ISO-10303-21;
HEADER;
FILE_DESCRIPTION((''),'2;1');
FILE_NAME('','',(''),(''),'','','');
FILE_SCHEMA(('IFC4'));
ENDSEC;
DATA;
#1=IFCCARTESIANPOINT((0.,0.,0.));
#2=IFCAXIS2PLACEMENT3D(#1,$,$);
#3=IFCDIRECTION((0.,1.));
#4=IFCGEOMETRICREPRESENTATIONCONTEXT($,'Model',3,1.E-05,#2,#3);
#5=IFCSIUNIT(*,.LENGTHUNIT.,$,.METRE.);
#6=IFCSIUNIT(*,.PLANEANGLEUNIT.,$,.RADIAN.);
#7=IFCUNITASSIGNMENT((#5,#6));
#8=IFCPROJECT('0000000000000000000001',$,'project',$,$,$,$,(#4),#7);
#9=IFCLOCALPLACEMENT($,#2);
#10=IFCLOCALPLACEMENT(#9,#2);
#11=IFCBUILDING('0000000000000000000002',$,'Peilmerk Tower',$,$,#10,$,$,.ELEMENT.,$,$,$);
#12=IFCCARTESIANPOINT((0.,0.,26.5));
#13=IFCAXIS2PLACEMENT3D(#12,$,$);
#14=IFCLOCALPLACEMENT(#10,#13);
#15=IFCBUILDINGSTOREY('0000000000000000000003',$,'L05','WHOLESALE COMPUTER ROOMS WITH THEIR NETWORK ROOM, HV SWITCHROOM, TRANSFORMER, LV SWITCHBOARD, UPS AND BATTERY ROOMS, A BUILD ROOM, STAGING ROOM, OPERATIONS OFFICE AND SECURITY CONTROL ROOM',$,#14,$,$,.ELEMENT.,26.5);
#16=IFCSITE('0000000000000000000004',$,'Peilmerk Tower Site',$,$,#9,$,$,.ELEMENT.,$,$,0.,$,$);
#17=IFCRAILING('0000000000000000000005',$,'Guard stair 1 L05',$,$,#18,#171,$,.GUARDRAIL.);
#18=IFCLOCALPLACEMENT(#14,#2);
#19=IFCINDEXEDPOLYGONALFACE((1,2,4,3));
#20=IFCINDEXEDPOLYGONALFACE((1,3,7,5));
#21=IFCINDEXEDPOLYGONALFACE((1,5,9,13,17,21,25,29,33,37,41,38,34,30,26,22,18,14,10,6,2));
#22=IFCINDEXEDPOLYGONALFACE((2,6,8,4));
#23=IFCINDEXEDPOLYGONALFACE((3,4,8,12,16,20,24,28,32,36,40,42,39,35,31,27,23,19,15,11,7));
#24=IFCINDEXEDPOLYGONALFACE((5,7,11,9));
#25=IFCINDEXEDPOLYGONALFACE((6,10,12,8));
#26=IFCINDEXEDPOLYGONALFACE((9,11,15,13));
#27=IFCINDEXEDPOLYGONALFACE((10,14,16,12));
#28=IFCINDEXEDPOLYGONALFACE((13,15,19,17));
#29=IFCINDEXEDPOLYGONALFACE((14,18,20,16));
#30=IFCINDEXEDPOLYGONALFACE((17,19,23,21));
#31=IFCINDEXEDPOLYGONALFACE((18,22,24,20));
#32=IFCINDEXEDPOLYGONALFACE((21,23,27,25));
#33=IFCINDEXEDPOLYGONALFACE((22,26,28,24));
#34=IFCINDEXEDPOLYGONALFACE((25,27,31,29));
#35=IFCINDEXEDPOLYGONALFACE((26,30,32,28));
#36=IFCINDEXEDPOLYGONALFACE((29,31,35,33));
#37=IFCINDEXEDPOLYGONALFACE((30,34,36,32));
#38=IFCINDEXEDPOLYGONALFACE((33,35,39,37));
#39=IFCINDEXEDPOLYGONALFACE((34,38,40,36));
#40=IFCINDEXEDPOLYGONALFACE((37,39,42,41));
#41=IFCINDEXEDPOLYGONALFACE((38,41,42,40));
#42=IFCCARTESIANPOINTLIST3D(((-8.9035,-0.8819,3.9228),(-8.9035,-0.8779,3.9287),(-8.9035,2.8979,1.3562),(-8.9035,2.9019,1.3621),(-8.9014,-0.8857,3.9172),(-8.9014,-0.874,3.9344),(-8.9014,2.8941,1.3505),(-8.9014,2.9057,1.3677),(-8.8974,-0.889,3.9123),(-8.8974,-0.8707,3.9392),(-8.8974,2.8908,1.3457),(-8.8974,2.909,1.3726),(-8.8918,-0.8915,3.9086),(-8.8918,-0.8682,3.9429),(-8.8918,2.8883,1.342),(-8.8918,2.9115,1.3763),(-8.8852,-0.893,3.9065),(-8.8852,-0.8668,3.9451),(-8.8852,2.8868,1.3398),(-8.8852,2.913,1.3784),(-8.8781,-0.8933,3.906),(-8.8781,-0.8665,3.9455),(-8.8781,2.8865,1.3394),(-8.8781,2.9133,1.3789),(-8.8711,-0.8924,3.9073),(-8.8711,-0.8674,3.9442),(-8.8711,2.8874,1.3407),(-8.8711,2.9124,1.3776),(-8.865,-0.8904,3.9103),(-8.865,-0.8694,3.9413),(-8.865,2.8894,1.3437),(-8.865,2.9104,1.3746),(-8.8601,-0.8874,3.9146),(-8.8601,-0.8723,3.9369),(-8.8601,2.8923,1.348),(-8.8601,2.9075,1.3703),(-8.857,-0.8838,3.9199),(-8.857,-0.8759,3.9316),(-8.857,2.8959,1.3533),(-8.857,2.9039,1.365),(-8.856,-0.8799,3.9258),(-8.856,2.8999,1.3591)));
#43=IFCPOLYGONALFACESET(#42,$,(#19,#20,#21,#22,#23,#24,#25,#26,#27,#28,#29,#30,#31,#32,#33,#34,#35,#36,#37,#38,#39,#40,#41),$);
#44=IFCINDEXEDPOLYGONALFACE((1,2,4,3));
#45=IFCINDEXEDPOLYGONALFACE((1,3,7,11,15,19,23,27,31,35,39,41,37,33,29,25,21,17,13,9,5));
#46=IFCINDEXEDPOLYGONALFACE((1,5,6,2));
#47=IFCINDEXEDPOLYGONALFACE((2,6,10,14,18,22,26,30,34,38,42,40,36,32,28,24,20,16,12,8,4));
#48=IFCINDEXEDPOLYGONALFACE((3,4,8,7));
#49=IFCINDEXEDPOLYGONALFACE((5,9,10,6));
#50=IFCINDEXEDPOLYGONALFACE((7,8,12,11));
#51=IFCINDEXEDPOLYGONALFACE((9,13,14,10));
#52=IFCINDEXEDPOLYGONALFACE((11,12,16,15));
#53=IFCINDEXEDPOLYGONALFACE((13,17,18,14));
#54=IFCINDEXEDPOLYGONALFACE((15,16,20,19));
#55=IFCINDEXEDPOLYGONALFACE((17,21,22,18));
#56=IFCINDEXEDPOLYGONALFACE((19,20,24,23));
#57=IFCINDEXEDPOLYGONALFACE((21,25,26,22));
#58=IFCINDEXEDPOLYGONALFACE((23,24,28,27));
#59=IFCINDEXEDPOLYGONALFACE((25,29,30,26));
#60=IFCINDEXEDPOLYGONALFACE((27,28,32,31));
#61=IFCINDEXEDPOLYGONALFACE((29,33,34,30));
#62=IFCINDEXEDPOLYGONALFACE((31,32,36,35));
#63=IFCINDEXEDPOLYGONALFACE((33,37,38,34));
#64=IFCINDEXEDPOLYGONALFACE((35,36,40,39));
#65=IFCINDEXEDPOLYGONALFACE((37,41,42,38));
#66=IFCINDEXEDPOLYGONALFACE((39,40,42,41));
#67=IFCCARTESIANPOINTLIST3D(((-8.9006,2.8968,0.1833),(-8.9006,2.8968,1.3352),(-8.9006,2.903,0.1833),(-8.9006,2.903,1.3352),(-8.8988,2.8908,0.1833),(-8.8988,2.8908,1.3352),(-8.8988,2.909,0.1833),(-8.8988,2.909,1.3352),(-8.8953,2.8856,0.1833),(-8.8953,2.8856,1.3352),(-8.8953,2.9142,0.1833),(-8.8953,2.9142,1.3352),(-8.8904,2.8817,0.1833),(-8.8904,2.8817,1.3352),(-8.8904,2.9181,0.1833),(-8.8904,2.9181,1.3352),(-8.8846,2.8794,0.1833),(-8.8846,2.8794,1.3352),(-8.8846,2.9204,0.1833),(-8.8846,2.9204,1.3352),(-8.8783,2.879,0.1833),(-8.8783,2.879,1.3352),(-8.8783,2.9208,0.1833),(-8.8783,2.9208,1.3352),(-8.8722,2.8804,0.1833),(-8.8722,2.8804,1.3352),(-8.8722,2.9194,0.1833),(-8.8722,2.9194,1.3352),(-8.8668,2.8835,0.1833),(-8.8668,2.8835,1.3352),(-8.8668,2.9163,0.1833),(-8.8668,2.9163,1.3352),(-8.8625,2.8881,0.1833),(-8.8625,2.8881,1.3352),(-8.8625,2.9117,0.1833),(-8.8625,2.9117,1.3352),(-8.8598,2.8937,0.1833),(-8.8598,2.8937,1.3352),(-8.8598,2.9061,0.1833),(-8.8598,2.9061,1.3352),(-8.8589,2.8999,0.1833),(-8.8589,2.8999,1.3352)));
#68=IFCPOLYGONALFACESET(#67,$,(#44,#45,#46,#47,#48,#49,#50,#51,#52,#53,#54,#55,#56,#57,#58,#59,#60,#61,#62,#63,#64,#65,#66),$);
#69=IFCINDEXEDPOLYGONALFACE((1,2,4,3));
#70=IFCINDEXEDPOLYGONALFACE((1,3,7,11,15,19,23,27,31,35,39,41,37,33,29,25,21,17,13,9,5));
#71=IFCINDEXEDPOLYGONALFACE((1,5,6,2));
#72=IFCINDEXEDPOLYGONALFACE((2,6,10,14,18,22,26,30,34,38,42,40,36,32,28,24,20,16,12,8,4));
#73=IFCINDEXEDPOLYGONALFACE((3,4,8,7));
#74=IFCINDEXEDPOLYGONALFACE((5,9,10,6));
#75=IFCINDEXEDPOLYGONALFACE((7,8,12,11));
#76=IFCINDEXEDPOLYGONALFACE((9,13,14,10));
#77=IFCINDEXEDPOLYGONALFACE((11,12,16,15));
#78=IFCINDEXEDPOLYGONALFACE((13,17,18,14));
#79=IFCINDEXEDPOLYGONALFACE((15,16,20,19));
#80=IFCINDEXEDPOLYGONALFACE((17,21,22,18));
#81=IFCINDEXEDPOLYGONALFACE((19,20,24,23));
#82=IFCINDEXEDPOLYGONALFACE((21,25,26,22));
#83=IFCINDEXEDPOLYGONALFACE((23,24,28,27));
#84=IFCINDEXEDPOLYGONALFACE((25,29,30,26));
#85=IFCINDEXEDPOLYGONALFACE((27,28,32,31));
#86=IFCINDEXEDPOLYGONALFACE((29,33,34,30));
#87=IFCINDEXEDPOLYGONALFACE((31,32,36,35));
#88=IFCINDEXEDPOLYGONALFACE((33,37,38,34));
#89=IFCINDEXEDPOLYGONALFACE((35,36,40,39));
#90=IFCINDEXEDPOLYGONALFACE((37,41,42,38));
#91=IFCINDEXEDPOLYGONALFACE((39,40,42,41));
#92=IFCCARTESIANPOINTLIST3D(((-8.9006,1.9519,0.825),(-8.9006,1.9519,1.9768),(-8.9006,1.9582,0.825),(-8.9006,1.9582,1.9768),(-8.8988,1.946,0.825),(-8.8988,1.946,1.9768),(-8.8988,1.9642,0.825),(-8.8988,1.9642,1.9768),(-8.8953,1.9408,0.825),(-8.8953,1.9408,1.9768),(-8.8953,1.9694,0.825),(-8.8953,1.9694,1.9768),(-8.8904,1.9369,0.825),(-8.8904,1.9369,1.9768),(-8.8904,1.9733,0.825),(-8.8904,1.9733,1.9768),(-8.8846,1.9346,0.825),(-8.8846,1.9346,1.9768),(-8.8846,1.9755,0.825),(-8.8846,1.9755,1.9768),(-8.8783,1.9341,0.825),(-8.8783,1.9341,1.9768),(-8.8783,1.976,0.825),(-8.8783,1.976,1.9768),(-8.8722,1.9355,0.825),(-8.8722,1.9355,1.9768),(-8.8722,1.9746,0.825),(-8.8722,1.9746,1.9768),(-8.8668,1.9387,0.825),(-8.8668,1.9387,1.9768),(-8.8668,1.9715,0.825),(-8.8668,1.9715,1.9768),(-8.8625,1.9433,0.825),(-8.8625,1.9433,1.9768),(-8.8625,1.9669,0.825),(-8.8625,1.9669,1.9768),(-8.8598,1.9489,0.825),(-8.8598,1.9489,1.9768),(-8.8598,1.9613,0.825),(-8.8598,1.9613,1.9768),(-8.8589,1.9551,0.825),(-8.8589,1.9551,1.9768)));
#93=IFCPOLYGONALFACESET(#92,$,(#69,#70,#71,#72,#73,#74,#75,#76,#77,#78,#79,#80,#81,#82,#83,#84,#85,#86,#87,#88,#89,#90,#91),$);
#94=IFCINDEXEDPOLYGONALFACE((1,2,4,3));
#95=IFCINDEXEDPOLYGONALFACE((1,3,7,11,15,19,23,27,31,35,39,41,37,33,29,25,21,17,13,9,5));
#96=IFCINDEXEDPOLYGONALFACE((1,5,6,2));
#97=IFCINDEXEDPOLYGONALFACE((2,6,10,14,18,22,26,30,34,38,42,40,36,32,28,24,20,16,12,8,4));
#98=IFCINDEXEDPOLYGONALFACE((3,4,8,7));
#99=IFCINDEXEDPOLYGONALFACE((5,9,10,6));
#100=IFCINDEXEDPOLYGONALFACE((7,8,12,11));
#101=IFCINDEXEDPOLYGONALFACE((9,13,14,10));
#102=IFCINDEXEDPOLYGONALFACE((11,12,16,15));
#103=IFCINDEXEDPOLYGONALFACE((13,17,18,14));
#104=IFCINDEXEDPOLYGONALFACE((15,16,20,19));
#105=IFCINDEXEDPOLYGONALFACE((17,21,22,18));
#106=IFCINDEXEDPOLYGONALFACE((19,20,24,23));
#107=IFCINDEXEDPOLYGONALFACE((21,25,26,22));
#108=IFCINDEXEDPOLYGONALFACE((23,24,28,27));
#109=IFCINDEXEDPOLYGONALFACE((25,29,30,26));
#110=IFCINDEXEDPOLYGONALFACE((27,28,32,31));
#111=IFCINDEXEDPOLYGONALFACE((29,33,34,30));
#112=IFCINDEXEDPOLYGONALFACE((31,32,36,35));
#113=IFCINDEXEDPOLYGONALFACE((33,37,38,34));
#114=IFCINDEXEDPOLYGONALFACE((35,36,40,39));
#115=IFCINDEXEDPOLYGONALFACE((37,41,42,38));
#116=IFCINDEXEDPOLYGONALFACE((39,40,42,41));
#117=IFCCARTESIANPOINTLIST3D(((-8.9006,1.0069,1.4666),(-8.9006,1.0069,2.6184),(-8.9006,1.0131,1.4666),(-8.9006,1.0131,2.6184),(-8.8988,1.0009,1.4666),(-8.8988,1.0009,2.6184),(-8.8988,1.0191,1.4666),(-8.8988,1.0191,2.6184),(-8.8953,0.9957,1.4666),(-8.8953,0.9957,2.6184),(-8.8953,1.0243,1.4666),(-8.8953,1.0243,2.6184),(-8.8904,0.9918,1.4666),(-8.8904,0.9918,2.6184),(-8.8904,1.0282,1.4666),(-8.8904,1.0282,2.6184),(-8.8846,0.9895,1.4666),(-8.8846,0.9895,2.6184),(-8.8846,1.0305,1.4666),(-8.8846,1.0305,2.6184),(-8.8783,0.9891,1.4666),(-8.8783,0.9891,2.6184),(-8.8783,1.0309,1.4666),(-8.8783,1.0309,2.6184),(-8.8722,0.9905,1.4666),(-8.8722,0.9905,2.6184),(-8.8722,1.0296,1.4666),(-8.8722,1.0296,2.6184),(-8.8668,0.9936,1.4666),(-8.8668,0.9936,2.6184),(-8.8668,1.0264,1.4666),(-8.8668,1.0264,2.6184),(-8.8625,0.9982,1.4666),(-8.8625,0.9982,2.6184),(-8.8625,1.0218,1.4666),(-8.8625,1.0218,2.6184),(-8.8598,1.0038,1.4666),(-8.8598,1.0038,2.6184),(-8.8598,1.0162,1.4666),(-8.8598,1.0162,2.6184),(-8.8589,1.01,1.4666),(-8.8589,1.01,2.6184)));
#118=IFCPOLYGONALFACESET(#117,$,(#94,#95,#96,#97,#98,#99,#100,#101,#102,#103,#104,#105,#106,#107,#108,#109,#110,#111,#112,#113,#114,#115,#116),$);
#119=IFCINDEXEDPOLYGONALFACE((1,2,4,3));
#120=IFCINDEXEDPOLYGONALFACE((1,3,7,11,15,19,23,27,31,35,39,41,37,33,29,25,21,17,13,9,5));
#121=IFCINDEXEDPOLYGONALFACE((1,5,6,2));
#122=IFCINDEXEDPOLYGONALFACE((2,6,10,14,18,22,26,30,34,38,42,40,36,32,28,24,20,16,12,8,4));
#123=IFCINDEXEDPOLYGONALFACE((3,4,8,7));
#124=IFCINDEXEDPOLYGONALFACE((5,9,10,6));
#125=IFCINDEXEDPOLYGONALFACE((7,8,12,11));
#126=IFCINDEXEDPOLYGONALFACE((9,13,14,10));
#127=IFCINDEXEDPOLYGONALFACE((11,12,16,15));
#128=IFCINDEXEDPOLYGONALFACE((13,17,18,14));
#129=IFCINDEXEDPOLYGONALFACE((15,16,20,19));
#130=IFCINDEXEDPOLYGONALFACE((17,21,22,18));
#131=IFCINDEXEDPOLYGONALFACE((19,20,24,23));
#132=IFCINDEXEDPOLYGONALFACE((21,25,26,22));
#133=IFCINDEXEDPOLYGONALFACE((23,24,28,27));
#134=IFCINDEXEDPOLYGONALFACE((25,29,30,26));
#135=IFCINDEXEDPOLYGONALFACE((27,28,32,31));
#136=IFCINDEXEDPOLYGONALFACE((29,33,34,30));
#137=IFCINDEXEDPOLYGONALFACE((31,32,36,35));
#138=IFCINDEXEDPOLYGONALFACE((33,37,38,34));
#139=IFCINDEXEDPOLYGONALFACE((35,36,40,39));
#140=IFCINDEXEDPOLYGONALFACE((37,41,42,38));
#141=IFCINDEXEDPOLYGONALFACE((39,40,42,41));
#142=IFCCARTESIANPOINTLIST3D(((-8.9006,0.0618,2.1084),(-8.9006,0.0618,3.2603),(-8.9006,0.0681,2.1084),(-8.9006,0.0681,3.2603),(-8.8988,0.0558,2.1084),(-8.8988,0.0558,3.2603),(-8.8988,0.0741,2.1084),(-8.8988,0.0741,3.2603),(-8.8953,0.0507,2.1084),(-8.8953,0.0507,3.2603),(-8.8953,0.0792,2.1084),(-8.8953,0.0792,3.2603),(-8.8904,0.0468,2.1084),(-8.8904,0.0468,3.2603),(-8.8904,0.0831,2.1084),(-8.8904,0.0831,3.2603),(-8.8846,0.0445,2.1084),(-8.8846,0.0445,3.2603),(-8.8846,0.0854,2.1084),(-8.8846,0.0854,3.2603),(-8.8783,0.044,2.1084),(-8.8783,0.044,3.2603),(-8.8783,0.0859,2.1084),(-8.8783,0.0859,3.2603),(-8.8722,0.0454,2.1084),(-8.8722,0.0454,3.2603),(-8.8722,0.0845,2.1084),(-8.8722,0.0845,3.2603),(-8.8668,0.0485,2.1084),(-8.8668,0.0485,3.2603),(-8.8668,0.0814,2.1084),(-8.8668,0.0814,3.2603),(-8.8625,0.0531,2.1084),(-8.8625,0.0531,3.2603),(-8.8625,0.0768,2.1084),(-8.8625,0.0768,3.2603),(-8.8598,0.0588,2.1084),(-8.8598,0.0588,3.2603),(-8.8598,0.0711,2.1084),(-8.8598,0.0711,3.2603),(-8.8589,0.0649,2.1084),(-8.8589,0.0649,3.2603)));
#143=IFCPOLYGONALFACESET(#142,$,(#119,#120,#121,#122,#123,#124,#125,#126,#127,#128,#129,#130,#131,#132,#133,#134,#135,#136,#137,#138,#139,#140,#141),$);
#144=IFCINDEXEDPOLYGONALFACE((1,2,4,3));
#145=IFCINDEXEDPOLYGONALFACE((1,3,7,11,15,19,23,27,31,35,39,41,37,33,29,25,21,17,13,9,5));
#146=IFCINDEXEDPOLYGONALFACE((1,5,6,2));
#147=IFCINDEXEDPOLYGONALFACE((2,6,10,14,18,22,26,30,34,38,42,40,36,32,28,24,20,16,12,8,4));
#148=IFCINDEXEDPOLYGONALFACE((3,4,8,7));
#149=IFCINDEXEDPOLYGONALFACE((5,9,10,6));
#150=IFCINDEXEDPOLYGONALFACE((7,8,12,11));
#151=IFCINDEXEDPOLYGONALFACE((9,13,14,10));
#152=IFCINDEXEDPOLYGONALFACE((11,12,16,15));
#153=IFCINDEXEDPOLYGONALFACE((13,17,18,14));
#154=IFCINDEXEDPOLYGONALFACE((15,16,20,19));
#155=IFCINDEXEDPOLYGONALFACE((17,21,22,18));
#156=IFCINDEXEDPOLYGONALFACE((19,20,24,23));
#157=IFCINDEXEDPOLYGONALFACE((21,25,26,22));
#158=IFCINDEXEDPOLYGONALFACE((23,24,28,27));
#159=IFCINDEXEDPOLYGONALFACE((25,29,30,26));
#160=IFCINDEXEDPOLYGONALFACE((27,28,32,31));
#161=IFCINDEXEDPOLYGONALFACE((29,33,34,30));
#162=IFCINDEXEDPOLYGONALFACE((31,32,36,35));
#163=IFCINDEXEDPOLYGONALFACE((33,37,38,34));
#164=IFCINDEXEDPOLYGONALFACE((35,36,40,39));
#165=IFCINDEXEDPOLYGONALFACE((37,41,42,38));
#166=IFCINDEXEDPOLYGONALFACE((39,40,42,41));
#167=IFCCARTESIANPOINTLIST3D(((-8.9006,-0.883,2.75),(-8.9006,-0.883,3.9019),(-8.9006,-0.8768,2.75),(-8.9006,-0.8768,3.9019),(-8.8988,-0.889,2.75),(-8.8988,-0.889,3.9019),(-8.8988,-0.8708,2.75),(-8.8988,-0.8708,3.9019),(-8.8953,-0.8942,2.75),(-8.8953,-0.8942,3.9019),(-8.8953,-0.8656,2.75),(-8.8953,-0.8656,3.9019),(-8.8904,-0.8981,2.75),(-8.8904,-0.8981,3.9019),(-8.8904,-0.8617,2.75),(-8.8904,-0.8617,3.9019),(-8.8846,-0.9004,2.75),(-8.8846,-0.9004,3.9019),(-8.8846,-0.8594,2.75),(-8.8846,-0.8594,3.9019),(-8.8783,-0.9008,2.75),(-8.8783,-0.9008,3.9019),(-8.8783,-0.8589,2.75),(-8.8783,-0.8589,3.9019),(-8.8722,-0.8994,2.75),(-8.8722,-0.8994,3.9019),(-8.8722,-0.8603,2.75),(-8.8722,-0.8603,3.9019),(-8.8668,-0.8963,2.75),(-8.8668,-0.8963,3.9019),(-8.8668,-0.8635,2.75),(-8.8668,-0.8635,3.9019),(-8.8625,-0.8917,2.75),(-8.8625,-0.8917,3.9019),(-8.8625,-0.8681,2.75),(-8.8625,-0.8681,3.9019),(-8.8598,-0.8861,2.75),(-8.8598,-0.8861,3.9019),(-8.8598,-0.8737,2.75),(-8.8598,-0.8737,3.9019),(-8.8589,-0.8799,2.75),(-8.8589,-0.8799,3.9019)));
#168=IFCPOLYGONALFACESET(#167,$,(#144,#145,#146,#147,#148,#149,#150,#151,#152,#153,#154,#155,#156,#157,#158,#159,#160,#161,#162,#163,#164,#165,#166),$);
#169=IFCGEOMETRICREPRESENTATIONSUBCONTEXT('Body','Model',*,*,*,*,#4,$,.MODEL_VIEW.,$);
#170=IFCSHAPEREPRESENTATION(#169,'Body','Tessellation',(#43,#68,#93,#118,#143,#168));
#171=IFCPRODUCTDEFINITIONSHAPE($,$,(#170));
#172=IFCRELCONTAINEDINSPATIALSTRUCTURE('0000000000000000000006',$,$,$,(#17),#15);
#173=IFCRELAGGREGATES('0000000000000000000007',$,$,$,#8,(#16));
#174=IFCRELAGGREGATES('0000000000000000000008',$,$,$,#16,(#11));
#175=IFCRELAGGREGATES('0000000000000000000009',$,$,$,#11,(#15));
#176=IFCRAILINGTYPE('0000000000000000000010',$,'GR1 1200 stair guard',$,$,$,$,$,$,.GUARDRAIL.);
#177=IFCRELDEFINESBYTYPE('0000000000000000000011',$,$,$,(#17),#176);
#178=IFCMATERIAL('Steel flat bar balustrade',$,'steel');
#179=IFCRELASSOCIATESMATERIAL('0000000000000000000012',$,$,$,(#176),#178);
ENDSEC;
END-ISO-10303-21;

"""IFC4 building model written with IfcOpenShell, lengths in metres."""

from ifc_helpers import new_model, si_unit, direction, frame, origin, origin_2d, place, context, subcontext, project, spatial, circle, extrude, material, type_object, element, save


model = new_model("IFC4")

# Units and contexts
model_context = context("Model", 3, precision=1e-05, world=origin(), true_north=direction((0.0, 1.0)))
body_context = subcontext(model_context, "Body", "Model", "MODEL_VIEW")
ifc_project = project(units=[si_unit("LENGTHUNIT", "METRE"), si_unit("PLANEANGLEUNIT", "RADIAN")], contexts=[model_context])

# Site, building, storey
site_placement = place(None, origin())
site = spatial("IfcSite", under=ifc_project, at=site_placement, Name="Peilmerk Tower Site", CompositionType="ELEMENT", RefElevation=0.0)
building_placement = place(site_placement, origin())
building = spatial("IfcBuilding", under=site, at=building_placement, Name="Peilmerk Tower", CompositionType="ELEMENT")
storey_placement = place(building_placement, frame((0.0, 0.0, 26.5)))
storey = spatial("IfcBuildingStorey", under=building, at=storey_placement, Name="L05", Description="WHOLESALE COMPUTER ROOMS WITH THEIR NETWORK ROOM, HV SWITCHROOM, TRANSFORMER, LV SWITCHBOARD, UPS AND BATTERY ROOMS, A BUILD ROOM, STAGING ROOM, OPERATIONS OFFICE AND SECURITY CONTROL ROOM", CompositionType="ELEMENT", Elevation=26.5)

# Railing
ifc_material_1 = material(Name="Steel flat bar balustrade", Category="steel")
railing_type_1 = type_object("IfcRailingType", Name="GR1 1200 stair guard", PredefinedType="GUARDRAIL", material=ifc_material_1)
railing_1_placement = place(storey_placement, frame((-8.8799, 2.8999, 0.1833)))
element("IfcRailing", 1, at=railing_1_placement, inside=storey, type_object=railing_type_1, Name="Guard stair 1 L05", PredefinedType="GUARDRAIL", context=body_context, shape_type="SweptSolid", body=[
    extrude(circle(Radius=0.0239, at=origin_2d()), frame((0.0, 0.0, 1.1758), z_axis=(0.0, -0.827293, 0.561771), x_axis=(1.0, 0.0, 0.0)), (0.0, 0.0, 1.0), 4.5688),
    extrude(circle(Radius=0.021, at=origin_2d()), origin(), (0.0, 0.0, 1.0), 1.1519),
    extrude(circle(Radius=0.021, at=origin_2d()), frame((0.0, -0.9448, 0.6416)), (0.0, 0.0, 1.0), 1.1519),
    extrude(circle(Radius=0.021, at=origin_2d()), frame((0.0, -1.8899, 1.2832)), (0.0, 0.0, 1.0), 1.1519),
    extrude(circle(Radius=0.021, at=origin_2d()), frame((0.0, -2.835, 1.925)), (0.0, 0.0, 1.0), 1.1519),
    extrude(circle(Radius=0.021, at=origin_2d()), frame((0.0, -3.7798, 2.5667)), (0.0, 0.0, 1.0), 1.1519),
])

save(model, "model.ifc")
